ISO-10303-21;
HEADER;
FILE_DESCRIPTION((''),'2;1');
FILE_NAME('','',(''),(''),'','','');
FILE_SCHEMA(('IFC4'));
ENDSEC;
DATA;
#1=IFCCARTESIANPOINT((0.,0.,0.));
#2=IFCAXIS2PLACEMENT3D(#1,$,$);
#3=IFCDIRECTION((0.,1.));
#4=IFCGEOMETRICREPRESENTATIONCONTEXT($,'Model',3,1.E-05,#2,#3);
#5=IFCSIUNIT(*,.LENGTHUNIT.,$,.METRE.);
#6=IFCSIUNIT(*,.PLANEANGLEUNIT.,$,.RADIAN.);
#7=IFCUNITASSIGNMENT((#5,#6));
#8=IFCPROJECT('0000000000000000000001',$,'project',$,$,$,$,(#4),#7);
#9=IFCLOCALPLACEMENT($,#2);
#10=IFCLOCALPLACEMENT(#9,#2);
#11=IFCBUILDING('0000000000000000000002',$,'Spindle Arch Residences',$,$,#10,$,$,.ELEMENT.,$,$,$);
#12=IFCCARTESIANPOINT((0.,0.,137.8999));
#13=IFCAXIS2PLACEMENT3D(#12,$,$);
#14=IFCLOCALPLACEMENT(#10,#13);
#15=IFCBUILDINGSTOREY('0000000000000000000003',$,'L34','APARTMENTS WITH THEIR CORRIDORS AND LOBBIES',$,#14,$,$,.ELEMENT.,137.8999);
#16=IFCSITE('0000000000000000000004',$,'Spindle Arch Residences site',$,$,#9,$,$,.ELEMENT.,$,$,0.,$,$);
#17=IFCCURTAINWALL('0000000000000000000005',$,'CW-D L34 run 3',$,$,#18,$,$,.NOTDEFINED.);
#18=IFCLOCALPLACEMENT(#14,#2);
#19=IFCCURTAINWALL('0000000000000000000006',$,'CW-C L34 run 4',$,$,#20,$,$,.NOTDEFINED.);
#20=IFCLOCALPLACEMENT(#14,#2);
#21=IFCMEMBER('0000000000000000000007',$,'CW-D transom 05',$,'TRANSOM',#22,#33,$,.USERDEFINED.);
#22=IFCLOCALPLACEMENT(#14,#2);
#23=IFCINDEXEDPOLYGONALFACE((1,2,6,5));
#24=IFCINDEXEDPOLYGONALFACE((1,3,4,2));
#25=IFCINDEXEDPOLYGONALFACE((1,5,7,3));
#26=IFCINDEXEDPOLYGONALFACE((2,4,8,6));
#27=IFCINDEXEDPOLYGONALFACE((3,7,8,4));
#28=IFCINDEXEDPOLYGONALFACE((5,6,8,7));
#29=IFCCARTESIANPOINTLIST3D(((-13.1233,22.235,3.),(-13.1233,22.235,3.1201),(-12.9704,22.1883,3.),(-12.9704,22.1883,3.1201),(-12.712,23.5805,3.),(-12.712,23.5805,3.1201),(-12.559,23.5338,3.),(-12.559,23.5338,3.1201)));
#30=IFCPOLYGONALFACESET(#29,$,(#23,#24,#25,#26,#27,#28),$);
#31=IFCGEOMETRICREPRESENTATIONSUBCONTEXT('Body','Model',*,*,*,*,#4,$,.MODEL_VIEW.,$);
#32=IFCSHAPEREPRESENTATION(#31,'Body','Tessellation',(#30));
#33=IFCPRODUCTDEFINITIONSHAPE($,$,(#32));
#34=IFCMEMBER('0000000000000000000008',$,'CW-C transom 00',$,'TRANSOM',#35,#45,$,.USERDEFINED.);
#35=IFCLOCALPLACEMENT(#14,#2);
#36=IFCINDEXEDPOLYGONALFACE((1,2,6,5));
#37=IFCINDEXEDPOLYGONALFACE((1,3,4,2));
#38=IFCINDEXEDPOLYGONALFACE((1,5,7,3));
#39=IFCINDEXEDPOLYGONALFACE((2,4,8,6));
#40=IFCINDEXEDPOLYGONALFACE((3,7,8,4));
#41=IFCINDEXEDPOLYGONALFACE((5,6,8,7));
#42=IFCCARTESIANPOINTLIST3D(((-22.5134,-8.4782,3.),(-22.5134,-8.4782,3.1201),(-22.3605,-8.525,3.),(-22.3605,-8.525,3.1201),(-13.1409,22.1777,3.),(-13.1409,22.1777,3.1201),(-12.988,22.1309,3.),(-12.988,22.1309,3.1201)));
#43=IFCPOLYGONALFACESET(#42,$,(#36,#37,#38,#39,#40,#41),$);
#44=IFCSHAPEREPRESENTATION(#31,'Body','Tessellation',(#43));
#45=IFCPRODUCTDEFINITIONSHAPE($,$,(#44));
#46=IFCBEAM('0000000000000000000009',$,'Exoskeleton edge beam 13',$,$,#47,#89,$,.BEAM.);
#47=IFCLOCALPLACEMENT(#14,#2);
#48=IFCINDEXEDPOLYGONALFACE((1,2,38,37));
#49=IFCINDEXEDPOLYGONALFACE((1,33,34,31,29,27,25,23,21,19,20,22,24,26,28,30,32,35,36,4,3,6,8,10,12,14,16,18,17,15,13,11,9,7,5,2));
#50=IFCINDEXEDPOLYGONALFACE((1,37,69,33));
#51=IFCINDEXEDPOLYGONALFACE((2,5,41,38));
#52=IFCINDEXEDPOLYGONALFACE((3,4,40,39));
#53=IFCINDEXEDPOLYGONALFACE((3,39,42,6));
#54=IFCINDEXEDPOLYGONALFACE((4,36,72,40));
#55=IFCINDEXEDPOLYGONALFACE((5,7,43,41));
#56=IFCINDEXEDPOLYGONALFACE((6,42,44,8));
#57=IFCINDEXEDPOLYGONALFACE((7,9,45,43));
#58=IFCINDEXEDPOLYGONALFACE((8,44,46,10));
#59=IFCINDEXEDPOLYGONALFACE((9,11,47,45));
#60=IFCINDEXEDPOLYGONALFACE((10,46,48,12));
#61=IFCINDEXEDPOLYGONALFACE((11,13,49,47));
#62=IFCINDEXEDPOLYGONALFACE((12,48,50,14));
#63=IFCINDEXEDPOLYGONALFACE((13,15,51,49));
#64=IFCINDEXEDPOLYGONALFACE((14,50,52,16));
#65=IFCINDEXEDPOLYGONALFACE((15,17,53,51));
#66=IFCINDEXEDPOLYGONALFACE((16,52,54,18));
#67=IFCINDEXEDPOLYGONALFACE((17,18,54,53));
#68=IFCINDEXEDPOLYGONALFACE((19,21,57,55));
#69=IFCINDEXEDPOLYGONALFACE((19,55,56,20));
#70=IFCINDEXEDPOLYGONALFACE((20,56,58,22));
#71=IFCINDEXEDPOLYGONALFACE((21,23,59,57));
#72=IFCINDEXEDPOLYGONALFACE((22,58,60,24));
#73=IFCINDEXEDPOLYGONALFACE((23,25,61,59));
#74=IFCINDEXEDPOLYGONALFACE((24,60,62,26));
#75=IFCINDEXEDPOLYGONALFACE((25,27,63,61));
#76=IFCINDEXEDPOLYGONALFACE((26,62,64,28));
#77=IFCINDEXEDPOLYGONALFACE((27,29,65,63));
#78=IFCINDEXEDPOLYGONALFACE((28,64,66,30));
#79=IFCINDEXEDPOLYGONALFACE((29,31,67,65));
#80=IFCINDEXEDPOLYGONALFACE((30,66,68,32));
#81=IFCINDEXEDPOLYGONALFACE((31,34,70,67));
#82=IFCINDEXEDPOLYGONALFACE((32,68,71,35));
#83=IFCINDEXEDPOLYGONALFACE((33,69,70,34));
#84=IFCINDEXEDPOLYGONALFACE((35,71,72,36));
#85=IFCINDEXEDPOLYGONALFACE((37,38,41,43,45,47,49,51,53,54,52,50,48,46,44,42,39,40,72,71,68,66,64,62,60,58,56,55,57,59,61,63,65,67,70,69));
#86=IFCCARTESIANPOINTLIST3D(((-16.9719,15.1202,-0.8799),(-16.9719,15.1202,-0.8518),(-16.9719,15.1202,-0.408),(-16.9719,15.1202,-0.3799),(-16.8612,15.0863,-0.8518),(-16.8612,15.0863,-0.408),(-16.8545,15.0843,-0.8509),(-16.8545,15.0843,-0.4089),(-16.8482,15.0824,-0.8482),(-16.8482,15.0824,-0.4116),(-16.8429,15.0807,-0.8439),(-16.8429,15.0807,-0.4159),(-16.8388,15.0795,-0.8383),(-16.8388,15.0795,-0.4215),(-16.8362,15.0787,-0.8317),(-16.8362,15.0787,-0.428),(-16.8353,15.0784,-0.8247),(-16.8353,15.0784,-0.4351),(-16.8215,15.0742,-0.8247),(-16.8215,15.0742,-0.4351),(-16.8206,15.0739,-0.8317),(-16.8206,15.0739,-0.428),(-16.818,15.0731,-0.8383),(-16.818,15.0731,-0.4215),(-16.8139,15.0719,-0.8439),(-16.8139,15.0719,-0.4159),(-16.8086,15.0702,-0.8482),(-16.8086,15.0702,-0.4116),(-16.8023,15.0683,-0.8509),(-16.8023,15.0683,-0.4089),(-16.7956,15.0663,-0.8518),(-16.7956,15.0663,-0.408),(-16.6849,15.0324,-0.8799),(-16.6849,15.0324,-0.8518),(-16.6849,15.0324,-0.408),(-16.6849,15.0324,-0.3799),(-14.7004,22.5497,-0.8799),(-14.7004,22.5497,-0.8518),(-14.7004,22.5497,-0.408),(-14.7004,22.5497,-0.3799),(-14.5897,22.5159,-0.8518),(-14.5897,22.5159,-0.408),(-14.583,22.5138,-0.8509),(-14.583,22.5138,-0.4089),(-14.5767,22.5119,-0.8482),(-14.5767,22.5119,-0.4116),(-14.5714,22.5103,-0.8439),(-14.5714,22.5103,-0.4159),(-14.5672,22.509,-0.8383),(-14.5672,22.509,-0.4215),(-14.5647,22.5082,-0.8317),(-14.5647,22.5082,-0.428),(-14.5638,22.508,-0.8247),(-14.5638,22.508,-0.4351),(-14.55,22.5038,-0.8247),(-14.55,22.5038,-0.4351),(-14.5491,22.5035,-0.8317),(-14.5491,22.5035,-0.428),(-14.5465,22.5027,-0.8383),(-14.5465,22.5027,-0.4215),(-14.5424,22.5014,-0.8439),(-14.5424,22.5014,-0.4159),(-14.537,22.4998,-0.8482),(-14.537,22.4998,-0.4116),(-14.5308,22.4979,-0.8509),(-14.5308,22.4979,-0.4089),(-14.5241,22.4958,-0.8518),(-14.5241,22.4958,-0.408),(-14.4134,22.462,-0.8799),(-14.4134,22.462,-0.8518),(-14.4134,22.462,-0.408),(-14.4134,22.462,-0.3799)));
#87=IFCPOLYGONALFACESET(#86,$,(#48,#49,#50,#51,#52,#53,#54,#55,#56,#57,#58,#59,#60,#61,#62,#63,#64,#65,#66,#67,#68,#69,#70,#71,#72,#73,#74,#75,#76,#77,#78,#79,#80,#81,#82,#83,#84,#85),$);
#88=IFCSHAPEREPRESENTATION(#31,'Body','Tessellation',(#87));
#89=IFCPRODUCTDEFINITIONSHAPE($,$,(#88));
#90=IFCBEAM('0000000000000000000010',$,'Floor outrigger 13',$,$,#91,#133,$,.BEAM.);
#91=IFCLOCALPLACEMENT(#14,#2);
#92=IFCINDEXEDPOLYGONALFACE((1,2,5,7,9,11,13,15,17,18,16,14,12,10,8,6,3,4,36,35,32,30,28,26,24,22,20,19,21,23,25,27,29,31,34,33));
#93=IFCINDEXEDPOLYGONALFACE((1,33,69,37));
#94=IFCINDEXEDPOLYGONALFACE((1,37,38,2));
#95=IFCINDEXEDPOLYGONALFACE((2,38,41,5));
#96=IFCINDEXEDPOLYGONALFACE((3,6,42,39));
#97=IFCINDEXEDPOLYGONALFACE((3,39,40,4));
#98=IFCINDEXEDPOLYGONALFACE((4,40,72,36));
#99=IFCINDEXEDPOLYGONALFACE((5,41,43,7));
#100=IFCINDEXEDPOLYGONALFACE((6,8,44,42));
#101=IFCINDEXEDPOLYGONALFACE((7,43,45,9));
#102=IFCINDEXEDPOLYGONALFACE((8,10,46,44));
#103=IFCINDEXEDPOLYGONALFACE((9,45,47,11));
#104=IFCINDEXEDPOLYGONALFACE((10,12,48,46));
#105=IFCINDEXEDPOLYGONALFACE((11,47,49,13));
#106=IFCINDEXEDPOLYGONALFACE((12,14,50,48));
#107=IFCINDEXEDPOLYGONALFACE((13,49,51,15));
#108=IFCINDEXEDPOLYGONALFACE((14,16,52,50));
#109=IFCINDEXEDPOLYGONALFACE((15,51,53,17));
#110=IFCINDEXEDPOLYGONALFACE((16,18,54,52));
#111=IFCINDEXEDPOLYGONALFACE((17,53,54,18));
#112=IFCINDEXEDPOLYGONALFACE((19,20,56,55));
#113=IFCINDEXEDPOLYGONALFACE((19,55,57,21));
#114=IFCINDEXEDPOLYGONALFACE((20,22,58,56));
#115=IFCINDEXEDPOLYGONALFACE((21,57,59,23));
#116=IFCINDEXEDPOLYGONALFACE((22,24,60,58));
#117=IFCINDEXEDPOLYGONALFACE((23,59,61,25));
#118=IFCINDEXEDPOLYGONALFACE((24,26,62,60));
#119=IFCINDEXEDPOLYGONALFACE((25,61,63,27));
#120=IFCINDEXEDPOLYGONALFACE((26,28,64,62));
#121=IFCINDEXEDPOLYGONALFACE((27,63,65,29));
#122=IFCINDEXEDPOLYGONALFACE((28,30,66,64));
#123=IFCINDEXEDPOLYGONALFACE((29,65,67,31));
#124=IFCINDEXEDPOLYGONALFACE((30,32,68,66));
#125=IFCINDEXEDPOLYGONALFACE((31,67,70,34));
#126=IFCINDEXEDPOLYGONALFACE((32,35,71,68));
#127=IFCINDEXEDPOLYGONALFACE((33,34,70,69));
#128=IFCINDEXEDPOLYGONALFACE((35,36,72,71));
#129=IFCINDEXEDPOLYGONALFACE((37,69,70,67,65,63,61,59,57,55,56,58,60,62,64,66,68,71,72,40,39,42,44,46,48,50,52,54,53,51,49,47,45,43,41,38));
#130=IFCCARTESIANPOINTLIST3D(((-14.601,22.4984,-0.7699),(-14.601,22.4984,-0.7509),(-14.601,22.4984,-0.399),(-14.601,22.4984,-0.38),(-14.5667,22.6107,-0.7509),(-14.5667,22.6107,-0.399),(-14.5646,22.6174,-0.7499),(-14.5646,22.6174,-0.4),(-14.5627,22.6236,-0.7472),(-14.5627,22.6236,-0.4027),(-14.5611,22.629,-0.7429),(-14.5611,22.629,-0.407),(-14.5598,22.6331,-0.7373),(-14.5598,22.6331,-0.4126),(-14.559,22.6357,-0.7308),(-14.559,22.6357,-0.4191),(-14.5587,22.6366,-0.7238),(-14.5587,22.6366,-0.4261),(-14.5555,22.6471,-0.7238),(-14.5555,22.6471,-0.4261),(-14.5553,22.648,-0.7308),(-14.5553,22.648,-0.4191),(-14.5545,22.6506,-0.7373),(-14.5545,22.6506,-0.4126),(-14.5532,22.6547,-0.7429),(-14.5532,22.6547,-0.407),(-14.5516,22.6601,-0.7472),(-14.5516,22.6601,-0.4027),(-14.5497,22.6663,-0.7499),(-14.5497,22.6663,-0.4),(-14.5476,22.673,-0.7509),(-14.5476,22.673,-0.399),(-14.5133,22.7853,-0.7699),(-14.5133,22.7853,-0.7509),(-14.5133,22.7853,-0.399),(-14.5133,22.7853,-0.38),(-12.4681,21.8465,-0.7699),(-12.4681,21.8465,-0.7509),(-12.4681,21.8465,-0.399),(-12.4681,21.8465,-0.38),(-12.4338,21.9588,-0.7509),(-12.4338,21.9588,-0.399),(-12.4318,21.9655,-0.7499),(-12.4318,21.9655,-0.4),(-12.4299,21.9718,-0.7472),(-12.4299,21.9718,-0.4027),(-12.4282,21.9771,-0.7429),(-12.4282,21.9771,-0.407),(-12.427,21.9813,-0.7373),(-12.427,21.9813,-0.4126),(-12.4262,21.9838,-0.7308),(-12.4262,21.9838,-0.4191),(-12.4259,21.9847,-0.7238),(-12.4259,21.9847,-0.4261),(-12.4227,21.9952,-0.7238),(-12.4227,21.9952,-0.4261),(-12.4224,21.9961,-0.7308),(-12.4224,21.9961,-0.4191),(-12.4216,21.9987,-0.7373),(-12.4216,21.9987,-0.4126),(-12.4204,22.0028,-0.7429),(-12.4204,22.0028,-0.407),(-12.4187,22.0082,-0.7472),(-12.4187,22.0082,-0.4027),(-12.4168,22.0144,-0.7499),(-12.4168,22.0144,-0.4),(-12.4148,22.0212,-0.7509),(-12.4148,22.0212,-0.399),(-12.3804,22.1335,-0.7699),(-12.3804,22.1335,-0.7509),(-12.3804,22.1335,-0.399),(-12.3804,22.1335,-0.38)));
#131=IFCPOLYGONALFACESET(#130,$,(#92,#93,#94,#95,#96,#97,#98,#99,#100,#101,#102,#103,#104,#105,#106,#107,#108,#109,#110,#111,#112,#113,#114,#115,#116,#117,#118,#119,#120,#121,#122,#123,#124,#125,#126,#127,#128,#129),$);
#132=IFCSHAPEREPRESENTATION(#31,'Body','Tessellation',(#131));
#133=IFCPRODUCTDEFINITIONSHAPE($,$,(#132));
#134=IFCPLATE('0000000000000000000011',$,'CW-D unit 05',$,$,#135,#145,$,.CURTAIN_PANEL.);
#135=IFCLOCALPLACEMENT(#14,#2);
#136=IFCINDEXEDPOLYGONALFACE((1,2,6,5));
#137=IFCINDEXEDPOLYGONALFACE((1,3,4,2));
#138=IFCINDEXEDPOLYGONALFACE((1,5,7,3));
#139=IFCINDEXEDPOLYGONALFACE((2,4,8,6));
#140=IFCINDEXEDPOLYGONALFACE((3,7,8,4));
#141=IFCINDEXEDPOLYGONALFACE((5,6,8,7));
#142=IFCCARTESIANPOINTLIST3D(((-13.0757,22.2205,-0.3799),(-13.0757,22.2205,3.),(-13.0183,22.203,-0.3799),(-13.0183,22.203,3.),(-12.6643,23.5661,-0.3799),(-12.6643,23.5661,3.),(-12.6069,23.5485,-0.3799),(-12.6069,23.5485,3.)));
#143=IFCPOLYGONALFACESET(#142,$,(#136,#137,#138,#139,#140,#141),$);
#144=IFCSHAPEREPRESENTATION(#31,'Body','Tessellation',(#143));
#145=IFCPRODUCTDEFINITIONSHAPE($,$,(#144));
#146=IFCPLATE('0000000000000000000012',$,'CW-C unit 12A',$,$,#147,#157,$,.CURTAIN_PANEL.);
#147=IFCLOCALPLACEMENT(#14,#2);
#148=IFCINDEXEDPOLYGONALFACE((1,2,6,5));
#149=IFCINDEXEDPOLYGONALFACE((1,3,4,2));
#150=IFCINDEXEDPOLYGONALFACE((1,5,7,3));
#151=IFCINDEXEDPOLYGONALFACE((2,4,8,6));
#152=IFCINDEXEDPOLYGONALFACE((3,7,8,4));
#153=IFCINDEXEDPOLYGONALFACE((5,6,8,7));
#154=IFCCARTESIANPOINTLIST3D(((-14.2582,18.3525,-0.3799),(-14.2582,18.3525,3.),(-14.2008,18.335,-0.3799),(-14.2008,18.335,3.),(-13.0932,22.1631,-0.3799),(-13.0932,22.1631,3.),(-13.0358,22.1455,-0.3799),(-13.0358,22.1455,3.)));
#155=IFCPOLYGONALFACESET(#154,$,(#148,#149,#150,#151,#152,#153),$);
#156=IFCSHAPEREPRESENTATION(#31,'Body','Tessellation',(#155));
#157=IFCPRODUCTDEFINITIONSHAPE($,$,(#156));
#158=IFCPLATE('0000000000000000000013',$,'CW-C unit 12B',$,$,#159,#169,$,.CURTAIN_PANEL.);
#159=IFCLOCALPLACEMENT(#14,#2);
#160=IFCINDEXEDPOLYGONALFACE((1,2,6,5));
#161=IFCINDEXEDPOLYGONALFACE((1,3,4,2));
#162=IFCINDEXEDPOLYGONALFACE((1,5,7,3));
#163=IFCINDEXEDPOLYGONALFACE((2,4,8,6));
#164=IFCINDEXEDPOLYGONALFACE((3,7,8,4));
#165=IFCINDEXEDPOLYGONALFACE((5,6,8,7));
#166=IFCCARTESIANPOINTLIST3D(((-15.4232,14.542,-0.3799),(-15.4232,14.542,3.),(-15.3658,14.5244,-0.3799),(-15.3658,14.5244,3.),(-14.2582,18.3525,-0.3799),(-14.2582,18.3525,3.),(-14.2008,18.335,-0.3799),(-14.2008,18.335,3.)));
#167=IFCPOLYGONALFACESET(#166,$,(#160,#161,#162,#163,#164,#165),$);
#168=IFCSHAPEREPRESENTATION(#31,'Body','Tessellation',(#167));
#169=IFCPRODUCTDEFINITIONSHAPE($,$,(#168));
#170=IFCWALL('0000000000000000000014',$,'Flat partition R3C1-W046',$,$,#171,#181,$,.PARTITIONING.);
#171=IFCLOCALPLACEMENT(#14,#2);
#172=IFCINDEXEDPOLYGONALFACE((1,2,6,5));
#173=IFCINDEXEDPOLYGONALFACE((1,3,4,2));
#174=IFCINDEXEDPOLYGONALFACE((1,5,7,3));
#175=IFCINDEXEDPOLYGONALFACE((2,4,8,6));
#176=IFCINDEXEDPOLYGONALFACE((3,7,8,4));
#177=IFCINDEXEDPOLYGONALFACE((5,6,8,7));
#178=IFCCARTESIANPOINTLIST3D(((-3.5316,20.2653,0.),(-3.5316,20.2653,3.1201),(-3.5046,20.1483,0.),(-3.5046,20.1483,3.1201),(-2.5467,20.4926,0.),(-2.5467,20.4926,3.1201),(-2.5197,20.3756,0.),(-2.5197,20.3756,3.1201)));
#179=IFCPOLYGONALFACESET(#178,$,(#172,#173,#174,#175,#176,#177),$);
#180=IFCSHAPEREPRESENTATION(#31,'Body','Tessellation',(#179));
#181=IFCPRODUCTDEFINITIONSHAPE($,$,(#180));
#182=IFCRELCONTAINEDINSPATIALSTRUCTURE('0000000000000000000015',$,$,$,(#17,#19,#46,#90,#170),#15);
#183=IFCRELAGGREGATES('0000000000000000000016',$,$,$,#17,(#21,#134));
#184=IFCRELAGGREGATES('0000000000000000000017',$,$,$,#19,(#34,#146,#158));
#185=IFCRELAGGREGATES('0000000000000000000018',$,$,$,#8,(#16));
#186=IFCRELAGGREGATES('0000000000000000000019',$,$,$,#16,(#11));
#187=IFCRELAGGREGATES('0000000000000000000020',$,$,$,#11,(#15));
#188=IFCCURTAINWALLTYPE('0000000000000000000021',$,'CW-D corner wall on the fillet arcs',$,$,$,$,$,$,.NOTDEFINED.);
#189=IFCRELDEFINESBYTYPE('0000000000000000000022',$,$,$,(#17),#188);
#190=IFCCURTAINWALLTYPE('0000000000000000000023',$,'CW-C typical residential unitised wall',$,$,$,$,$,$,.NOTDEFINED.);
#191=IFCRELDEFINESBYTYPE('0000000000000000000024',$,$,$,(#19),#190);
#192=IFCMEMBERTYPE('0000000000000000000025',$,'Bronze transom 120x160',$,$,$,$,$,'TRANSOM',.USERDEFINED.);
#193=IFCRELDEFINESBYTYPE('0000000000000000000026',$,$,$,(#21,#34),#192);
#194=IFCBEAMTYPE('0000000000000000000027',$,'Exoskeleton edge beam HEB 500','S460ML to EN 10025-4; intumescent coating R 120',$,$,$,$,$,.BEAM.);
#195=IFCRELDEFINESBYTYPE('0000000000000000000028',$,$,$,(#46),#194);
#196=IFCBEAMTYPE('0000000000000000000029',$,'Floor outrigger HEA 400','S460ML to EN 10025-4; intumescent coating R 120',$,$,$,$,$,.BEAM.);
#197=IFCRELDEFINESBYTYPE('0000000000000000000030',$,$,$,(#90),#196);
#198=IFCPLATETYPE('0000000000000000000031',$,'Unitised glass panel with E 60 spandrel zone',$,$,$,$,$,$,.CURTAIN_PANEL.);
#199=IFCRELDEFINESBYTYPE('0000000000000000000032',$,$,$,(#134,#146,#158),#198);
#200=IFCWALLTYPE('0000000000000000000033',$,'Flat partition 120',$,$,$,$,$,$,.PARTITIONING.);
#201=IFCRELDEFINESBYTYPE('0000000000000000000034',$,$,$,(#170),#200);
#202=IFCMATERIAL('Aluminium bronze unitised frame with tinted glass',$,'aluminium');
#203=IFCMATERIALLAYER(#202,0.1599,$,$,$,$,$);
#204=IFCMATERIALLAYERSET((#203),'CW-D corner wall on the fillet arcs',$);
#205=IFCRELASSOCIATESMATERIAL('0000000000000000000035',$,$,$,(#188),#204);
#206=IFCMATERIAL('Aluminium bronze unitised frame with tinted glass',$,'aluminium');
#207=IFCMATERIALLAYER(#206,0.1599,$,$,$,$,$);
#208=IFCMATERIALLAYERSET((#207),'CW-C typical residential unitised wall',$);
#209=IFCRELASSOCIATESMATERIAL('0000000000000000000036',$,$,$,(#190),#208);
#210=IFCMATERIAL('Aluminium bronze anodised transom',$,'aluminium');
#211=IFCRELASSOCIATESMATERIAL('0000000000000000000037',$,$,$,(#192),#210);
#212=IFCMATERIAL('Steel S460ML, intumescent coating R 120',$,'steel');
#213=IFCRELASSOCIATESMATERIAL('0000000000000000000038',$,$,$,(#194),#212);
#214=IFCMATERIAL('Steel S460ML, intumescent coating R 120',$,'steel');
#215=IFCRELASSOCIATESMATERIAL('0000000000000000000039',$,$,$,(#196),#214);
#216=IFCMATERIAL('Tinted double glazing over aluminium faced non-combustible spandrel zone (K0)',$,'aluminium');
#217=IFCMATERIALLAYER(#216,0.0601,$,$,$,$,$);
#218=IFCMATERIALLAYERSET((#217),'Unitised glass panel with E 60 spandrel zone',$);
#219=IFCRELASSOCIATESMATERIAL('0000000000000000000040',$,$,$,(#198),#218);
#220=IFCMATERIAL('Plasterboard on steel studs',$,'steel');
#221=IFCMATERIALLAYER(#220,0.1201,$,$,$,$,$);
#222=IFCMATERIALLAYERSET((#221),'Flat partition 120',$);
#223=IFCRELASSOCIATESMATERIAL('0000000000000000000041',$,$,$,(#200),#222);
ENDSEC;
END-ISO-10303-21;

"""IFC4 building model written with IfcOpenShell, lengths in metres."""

from ifc_helpers import new_model, si_unit, direction, frame, frame_2d, origin, origin_2d, place, context, subcontext, project, spatial, rectangle, i_section, extrude, material, layer, layer_set, material_profile, profile_set, type_object, element, aggregate, save


model = new_model("IFC4")

# Units and contexts
model_context = context("Model", 3, precision=1e-05, world=origin(), true_north=direction((0.0, 1.0)))
body_context = subcontext(model_context, "Body", "Model", "MODEL_VIEW")
ifc_project = project(units=[si_unit("LENGTHUNIT", "METRE"), si_unit("PLANEANGLEUNIT", "RADIAN")], contexts=[model_context])

# Site, building, storey
site_placement = place(None, origin())
site = spatial("IfcSite", under=ifc_project, at=site_placement, Name="Spindle Arch Residences site", CompositionType="ELEMENT", RefElevation=0.0)
building_placement = place(site_placement, origin())
building = spatial("IfcBuilding", under=site, at=building_placement, Name="Spindle Arch Residences", CompositionType="ELEMENT")
storey_placement = place(building_placement, frame((0.0, 0.0, 137.8999)))
storey = spatial("IfcBuildingStorey", under=building, at=storey_placement, Name="L34", Description="APARTMENTS WITH THEIR CORRIDORS AND LOBBIES", CompositionType="ELEMENT", Elevation=137.8999)

# Curtain walls
ifc_material_1 = material(Name="Aluminium bronze unitised frame with tinted glass", Category="aluminium")
ifc_layer_1 = layer(ifc_material_1, 0.1599)
ifc_layer_set_1 = layer_set([ifc_layer_1], Name="CW-D corner wall on the fillet arcs")
curtain_wall_type_1 = type_object("IfcCurtainWallType", Name="CW-D corner wall on the fillet arcs", PredefinedType="NOTDEFINED", material=ifc_layer_set_1)
curtain_wall_1_placement = place(storey_placement, origin())
curtain_wall_1 = element("IfcCurtainWall", 1, at=curtain_wall_1_placement, inside=storey, type_object=curtain_wall_type_1, Name="CW-D L34 run 3", PredefinedType="NOTDEFINED")
ifc_material_2 = material(Name="Aluminium bronze unitised frame with tinted glass", Category="aluminium")
ifc_layer_2 = layer(ifc_material_2, 0.1599)
ifc_layer_set_2 = layer_set([ifc_layer_2], Name="CW-C typical residential unitised wall")
curtain_wall_type_2 = type_object("IfcCurtainWallType", Name="CW-C typical residential unitised wall", PredefinedType="NOTDEFINED", material=ifc_layer_set_2)
curtain_wall_2_placement = place(storey_placement, origin())
curtain_wall_2 = element("IfcCurtainWall", 2, at=curtain_wall_2_placement, inside=storey, type_object=curtain_wall_type_2, Name="CW-C L34 run 4", PredefinedType="NOTDEFINED")

# Members
ifc_material_3 = material(Name="Aluminium bronze anodised transom", Category="aluminium")
ifc_material_profile_1 = material_profile(ifc_material_3, rectangle(XDim=0.1599, YDim=0.1201, at=origin_2d()), Name="TR 120x160")
ifc_profile_set_1 = profile_set([ifc_material_profile_1], Name="Aluminium bronze anodised transom")
member_type_1 = type_object("IfcMemberType", Name="Bronze transom 120x160", ElementType="TRANSOM", PredefinedType="USERDEFINED", material=ifc_profile_set_1)
member_1_placement = place(storey_placement, frame((-12.6355, 23.5571, 3.0601), z_axis=(-0.29239, -0.956299, 0.0), x_axis=(0.956299, -0.29239, 0.0)))
member_1 = element("IfcMember", 3, at=member_1_placement, type_object=member_type_1, Name="CW-D transom 05", ObjectType="TRANSOM", PredefinedType="USERDEFINED", context=body_context, shape_type="SweptSolid", body=[
    extrude(rectangle(XDim=0.1599, YDim=0.1201, at=origin_2d()), origin(), (0.0, 0.0, 1.0), 1.407),
])
member_2_placement = place(storey_placement, frame((-13.0645, 22.1543, 3.0601), z_axis=(-0.292374, -0.956304, 0.0), x_axis=(0.956304, -0.292374, 0.0)))
member_2 = element("IfcMember", 4, at=member_2_placement, type_object=member_type_1, Name="CW-C transom 00", ObjectType="TRANSOM", PredefinedType="USERDEFINED", context=body_context, shape_type="SweptSolid", body=[
    extrude(rectangle(XDim=0.1599, YDim=0.1201, at=origin_2d()), origin(), (0.0, 0.0, 1.0), 32.0566),
])

# Beams
ifc_material_4 = material(Name="Steel S460ML, intumescent coating R 120", Category="steel")
ifc_material_profile_2 = material_profile(ifc_material_4, i_section(OverallWidth=0.3, OverallDepth=0.5, WebThickness=0.0144, FlangeThickness=0.0281, FilletRadius=0.0271, at=origin_2d()), Name="HEB 500")
ifc_profile_set_2 = profile_set([ifc_material_profile_2], Name="Steel S460ML, intumescent coating R 120")
beam_type_1 = type_object("IfcBeamType", Name="Exoskeleton edge beam HEB 500", Description="S460ML to EN 10025-4; intumescent coating R 120", PredefinedType="BEAM", material=ifc_profile_set_2)
beam_1_placement = place(storey_placement, frame((-14.5569, 22.5059, -0.6299), z_axis=(-0.292381, -0.956302, 0.0), x_axis=(0.956302, -0.292381, 0.0)))
element("IfcBeam", 5, at=beam_1_placement, inside=storey, type_object=beam_type_1, Name="Exoskeleton edge beam 13", PredefinedType="BEAM", context=body_context, shape_type="SweptSolid", body=[
    extrude(i_section(OverallWidth=0.3, OverallDepth=0.5, WebThickness=0.0144, FlangeThickness=0.0281, FilletRadius=0.0271, at=origin_2d()), origin(), (0.0, 0.0, 1.0), 7.769),
])
ifc_material_5 = material(Name="Steel S460ML, intumescent coating R 120", Category="steel")
ifc_material_profile_3 = material_profile(ifc_material_5, i_section(OverallWidth=0.3, OverallDepth=0.3899, WebThickness=0.011, FlangeThickness=0.019, FilletRadius=0.0271, at=origin_2d()), Name="HEA 400")
ifc_profile_set_3 = profile_set([ifc_material_profile_3], Name="Steel S460ML, intumescent coating R 120")
beam_type_2 = type_object("IfcBeamType", Name="Floor outrigger HEA 400", Description="S460ML to EN 10025-4; intumescent coating R 120", PredefinedType="BEAM", material=ifc_profile_set_3)
beam_2_placement = place(storey_placement, frame((-14.5571, 22.6418, -0.575), z_axis=(0.956331, -0.292285, 0.0), x_axis=(0.292285, 0.956331, 0.0)))
element("IfcBeam", 6, at=beam_2_placement, inside=storey, type_object=beam_type_2, Name="Floor outrigger 13", PredefinedType="BEAM", context=body_context, shape_type="SweptSolid", body=[
    extrude(i_section(OverallWidth=0.3, OverallDepth=0.3899, WebThickness=0.011, FlangeThickness=0.019, FilletRadius=0.0271, at=origin_2d()), origin(), (0.0, 0.0, 1.0), 2.2302),
])

# Plates
ifc_material_6 = material(Name="Tinted double glazing over aluminium faced non-combustible spandrel zone (K0)", Category="aluminium")
ifc_layer_3 = layer(ifc_material_6, 0.0601)
ifc_layer_set_3 = layer_set([ifc_layer_3], Name="Unitised glass panel with E 60 spandrel zone")
plate_type = type_object("IfcPlateType", Name="Unitised glass panel with E 60 spandrel zone", PredefinedType="CURTAIN_PANEL", material=ifc_layer_set_3)
plate_1_placement = place(storey_placement, frame((-12.8413, 22.8845, -0.3799), z_axis=(0.0, 0.0, 1.0), x_axis=(-0.292372, -0.956305, 0.0)))
plate_1 = element("IfcPlate", 7, at=plate_1_placement, type_object=plate_type, Name="CW-D unit 05", PredefinedType="CURTAIN_PANEL", context=body_context, shape_type="SweptSolid", body=[
    extrude(rectangle(XDim=1.407, YDim=0.0601, at=origin_2d()), origin(), (0.0, 0.0, 1.0), 3.3799),
])
aggregate(curtain_wall_1, [member_1, plate_1])
plate_2_placement = place(storey_placement, frame((-13.647, 20.249, -0.3799), z_axis=(0.0, 0.0, 1.0), x_axis=(-0.292372, -0.956305, 0.0)))
plate_2 = element("IfcPlate", 8, at=plate_2_placement, type_object=plate_type, Name="CW-C unit 12A", PredefinedType="CURTAIN_PANEL", context=body_context, shape_type="SweptSolid", body=[
    extrude(rectangle(XDim=3.9846, YDim=0.0601, at=origin_2d()), origin(), (0.0, 0.0, 1.0), 3.3799),
])
plate_3_placement = place(storey_placement, frame((-14.812, 16.4385, -0.3799), z_axis=(0.0, 0.0, 1.0), x_axis=(-0.292372, -0.956305, 0.0)))
plate_3 = element("IfcPlate", 9, at=plate_3_placement, type_object=plate_type, Name="CW-C unit 12B", PredefinedType="CURTAIN_PANEL", context=body_context, shape_type="SweptSolid", body=[
    extrude(rectangle(XDim=3.9846, YDim=0.0601, at=origin_2d()), origin(), (0.0, 0.0, 1.0), 3.3799),
])
aggregate(curtain_wall_2, [member_2, plate_2, plate_3])

# Wall
ifc_material_7 = material(Name="Plasterboard on steel studs", Category="steel")
ifc_layer_4 = layer(ifc_material_7, 0.1201)
ifc_layer_set_4 = layer_set([ifc_layer_4], Name="Flat partition 120")
wall_type_1 = type_object("IfcWallType", Name="Flat partition 120", PredefinedType="PARTITIONING", material=ifc_layer_set_4)
wall_1_placement = place(storey_placement, frame((-2.5332, 20.4341, 0.0), z_axis=(0.0, 0.0, 1.0), x_axis=(-0.974387, -0.224877, 0.0)))
element("IfcWall", 10, at=wall_1_placement, inside=storey, type_object=wall_type_1, Name="Flat partition R3C1-W046", PredefinedType="PARTITIONING", context=body_context, shape_type="SweptSolid", body=[
    extrude(rectangle(XDim=1.0107, YDim=0.1201, at=frame_2d((0.5054, 0.0))), origin(), (0.0, 0.0, 1.0), 3.1201),
])

save(model, "model.ifc")
